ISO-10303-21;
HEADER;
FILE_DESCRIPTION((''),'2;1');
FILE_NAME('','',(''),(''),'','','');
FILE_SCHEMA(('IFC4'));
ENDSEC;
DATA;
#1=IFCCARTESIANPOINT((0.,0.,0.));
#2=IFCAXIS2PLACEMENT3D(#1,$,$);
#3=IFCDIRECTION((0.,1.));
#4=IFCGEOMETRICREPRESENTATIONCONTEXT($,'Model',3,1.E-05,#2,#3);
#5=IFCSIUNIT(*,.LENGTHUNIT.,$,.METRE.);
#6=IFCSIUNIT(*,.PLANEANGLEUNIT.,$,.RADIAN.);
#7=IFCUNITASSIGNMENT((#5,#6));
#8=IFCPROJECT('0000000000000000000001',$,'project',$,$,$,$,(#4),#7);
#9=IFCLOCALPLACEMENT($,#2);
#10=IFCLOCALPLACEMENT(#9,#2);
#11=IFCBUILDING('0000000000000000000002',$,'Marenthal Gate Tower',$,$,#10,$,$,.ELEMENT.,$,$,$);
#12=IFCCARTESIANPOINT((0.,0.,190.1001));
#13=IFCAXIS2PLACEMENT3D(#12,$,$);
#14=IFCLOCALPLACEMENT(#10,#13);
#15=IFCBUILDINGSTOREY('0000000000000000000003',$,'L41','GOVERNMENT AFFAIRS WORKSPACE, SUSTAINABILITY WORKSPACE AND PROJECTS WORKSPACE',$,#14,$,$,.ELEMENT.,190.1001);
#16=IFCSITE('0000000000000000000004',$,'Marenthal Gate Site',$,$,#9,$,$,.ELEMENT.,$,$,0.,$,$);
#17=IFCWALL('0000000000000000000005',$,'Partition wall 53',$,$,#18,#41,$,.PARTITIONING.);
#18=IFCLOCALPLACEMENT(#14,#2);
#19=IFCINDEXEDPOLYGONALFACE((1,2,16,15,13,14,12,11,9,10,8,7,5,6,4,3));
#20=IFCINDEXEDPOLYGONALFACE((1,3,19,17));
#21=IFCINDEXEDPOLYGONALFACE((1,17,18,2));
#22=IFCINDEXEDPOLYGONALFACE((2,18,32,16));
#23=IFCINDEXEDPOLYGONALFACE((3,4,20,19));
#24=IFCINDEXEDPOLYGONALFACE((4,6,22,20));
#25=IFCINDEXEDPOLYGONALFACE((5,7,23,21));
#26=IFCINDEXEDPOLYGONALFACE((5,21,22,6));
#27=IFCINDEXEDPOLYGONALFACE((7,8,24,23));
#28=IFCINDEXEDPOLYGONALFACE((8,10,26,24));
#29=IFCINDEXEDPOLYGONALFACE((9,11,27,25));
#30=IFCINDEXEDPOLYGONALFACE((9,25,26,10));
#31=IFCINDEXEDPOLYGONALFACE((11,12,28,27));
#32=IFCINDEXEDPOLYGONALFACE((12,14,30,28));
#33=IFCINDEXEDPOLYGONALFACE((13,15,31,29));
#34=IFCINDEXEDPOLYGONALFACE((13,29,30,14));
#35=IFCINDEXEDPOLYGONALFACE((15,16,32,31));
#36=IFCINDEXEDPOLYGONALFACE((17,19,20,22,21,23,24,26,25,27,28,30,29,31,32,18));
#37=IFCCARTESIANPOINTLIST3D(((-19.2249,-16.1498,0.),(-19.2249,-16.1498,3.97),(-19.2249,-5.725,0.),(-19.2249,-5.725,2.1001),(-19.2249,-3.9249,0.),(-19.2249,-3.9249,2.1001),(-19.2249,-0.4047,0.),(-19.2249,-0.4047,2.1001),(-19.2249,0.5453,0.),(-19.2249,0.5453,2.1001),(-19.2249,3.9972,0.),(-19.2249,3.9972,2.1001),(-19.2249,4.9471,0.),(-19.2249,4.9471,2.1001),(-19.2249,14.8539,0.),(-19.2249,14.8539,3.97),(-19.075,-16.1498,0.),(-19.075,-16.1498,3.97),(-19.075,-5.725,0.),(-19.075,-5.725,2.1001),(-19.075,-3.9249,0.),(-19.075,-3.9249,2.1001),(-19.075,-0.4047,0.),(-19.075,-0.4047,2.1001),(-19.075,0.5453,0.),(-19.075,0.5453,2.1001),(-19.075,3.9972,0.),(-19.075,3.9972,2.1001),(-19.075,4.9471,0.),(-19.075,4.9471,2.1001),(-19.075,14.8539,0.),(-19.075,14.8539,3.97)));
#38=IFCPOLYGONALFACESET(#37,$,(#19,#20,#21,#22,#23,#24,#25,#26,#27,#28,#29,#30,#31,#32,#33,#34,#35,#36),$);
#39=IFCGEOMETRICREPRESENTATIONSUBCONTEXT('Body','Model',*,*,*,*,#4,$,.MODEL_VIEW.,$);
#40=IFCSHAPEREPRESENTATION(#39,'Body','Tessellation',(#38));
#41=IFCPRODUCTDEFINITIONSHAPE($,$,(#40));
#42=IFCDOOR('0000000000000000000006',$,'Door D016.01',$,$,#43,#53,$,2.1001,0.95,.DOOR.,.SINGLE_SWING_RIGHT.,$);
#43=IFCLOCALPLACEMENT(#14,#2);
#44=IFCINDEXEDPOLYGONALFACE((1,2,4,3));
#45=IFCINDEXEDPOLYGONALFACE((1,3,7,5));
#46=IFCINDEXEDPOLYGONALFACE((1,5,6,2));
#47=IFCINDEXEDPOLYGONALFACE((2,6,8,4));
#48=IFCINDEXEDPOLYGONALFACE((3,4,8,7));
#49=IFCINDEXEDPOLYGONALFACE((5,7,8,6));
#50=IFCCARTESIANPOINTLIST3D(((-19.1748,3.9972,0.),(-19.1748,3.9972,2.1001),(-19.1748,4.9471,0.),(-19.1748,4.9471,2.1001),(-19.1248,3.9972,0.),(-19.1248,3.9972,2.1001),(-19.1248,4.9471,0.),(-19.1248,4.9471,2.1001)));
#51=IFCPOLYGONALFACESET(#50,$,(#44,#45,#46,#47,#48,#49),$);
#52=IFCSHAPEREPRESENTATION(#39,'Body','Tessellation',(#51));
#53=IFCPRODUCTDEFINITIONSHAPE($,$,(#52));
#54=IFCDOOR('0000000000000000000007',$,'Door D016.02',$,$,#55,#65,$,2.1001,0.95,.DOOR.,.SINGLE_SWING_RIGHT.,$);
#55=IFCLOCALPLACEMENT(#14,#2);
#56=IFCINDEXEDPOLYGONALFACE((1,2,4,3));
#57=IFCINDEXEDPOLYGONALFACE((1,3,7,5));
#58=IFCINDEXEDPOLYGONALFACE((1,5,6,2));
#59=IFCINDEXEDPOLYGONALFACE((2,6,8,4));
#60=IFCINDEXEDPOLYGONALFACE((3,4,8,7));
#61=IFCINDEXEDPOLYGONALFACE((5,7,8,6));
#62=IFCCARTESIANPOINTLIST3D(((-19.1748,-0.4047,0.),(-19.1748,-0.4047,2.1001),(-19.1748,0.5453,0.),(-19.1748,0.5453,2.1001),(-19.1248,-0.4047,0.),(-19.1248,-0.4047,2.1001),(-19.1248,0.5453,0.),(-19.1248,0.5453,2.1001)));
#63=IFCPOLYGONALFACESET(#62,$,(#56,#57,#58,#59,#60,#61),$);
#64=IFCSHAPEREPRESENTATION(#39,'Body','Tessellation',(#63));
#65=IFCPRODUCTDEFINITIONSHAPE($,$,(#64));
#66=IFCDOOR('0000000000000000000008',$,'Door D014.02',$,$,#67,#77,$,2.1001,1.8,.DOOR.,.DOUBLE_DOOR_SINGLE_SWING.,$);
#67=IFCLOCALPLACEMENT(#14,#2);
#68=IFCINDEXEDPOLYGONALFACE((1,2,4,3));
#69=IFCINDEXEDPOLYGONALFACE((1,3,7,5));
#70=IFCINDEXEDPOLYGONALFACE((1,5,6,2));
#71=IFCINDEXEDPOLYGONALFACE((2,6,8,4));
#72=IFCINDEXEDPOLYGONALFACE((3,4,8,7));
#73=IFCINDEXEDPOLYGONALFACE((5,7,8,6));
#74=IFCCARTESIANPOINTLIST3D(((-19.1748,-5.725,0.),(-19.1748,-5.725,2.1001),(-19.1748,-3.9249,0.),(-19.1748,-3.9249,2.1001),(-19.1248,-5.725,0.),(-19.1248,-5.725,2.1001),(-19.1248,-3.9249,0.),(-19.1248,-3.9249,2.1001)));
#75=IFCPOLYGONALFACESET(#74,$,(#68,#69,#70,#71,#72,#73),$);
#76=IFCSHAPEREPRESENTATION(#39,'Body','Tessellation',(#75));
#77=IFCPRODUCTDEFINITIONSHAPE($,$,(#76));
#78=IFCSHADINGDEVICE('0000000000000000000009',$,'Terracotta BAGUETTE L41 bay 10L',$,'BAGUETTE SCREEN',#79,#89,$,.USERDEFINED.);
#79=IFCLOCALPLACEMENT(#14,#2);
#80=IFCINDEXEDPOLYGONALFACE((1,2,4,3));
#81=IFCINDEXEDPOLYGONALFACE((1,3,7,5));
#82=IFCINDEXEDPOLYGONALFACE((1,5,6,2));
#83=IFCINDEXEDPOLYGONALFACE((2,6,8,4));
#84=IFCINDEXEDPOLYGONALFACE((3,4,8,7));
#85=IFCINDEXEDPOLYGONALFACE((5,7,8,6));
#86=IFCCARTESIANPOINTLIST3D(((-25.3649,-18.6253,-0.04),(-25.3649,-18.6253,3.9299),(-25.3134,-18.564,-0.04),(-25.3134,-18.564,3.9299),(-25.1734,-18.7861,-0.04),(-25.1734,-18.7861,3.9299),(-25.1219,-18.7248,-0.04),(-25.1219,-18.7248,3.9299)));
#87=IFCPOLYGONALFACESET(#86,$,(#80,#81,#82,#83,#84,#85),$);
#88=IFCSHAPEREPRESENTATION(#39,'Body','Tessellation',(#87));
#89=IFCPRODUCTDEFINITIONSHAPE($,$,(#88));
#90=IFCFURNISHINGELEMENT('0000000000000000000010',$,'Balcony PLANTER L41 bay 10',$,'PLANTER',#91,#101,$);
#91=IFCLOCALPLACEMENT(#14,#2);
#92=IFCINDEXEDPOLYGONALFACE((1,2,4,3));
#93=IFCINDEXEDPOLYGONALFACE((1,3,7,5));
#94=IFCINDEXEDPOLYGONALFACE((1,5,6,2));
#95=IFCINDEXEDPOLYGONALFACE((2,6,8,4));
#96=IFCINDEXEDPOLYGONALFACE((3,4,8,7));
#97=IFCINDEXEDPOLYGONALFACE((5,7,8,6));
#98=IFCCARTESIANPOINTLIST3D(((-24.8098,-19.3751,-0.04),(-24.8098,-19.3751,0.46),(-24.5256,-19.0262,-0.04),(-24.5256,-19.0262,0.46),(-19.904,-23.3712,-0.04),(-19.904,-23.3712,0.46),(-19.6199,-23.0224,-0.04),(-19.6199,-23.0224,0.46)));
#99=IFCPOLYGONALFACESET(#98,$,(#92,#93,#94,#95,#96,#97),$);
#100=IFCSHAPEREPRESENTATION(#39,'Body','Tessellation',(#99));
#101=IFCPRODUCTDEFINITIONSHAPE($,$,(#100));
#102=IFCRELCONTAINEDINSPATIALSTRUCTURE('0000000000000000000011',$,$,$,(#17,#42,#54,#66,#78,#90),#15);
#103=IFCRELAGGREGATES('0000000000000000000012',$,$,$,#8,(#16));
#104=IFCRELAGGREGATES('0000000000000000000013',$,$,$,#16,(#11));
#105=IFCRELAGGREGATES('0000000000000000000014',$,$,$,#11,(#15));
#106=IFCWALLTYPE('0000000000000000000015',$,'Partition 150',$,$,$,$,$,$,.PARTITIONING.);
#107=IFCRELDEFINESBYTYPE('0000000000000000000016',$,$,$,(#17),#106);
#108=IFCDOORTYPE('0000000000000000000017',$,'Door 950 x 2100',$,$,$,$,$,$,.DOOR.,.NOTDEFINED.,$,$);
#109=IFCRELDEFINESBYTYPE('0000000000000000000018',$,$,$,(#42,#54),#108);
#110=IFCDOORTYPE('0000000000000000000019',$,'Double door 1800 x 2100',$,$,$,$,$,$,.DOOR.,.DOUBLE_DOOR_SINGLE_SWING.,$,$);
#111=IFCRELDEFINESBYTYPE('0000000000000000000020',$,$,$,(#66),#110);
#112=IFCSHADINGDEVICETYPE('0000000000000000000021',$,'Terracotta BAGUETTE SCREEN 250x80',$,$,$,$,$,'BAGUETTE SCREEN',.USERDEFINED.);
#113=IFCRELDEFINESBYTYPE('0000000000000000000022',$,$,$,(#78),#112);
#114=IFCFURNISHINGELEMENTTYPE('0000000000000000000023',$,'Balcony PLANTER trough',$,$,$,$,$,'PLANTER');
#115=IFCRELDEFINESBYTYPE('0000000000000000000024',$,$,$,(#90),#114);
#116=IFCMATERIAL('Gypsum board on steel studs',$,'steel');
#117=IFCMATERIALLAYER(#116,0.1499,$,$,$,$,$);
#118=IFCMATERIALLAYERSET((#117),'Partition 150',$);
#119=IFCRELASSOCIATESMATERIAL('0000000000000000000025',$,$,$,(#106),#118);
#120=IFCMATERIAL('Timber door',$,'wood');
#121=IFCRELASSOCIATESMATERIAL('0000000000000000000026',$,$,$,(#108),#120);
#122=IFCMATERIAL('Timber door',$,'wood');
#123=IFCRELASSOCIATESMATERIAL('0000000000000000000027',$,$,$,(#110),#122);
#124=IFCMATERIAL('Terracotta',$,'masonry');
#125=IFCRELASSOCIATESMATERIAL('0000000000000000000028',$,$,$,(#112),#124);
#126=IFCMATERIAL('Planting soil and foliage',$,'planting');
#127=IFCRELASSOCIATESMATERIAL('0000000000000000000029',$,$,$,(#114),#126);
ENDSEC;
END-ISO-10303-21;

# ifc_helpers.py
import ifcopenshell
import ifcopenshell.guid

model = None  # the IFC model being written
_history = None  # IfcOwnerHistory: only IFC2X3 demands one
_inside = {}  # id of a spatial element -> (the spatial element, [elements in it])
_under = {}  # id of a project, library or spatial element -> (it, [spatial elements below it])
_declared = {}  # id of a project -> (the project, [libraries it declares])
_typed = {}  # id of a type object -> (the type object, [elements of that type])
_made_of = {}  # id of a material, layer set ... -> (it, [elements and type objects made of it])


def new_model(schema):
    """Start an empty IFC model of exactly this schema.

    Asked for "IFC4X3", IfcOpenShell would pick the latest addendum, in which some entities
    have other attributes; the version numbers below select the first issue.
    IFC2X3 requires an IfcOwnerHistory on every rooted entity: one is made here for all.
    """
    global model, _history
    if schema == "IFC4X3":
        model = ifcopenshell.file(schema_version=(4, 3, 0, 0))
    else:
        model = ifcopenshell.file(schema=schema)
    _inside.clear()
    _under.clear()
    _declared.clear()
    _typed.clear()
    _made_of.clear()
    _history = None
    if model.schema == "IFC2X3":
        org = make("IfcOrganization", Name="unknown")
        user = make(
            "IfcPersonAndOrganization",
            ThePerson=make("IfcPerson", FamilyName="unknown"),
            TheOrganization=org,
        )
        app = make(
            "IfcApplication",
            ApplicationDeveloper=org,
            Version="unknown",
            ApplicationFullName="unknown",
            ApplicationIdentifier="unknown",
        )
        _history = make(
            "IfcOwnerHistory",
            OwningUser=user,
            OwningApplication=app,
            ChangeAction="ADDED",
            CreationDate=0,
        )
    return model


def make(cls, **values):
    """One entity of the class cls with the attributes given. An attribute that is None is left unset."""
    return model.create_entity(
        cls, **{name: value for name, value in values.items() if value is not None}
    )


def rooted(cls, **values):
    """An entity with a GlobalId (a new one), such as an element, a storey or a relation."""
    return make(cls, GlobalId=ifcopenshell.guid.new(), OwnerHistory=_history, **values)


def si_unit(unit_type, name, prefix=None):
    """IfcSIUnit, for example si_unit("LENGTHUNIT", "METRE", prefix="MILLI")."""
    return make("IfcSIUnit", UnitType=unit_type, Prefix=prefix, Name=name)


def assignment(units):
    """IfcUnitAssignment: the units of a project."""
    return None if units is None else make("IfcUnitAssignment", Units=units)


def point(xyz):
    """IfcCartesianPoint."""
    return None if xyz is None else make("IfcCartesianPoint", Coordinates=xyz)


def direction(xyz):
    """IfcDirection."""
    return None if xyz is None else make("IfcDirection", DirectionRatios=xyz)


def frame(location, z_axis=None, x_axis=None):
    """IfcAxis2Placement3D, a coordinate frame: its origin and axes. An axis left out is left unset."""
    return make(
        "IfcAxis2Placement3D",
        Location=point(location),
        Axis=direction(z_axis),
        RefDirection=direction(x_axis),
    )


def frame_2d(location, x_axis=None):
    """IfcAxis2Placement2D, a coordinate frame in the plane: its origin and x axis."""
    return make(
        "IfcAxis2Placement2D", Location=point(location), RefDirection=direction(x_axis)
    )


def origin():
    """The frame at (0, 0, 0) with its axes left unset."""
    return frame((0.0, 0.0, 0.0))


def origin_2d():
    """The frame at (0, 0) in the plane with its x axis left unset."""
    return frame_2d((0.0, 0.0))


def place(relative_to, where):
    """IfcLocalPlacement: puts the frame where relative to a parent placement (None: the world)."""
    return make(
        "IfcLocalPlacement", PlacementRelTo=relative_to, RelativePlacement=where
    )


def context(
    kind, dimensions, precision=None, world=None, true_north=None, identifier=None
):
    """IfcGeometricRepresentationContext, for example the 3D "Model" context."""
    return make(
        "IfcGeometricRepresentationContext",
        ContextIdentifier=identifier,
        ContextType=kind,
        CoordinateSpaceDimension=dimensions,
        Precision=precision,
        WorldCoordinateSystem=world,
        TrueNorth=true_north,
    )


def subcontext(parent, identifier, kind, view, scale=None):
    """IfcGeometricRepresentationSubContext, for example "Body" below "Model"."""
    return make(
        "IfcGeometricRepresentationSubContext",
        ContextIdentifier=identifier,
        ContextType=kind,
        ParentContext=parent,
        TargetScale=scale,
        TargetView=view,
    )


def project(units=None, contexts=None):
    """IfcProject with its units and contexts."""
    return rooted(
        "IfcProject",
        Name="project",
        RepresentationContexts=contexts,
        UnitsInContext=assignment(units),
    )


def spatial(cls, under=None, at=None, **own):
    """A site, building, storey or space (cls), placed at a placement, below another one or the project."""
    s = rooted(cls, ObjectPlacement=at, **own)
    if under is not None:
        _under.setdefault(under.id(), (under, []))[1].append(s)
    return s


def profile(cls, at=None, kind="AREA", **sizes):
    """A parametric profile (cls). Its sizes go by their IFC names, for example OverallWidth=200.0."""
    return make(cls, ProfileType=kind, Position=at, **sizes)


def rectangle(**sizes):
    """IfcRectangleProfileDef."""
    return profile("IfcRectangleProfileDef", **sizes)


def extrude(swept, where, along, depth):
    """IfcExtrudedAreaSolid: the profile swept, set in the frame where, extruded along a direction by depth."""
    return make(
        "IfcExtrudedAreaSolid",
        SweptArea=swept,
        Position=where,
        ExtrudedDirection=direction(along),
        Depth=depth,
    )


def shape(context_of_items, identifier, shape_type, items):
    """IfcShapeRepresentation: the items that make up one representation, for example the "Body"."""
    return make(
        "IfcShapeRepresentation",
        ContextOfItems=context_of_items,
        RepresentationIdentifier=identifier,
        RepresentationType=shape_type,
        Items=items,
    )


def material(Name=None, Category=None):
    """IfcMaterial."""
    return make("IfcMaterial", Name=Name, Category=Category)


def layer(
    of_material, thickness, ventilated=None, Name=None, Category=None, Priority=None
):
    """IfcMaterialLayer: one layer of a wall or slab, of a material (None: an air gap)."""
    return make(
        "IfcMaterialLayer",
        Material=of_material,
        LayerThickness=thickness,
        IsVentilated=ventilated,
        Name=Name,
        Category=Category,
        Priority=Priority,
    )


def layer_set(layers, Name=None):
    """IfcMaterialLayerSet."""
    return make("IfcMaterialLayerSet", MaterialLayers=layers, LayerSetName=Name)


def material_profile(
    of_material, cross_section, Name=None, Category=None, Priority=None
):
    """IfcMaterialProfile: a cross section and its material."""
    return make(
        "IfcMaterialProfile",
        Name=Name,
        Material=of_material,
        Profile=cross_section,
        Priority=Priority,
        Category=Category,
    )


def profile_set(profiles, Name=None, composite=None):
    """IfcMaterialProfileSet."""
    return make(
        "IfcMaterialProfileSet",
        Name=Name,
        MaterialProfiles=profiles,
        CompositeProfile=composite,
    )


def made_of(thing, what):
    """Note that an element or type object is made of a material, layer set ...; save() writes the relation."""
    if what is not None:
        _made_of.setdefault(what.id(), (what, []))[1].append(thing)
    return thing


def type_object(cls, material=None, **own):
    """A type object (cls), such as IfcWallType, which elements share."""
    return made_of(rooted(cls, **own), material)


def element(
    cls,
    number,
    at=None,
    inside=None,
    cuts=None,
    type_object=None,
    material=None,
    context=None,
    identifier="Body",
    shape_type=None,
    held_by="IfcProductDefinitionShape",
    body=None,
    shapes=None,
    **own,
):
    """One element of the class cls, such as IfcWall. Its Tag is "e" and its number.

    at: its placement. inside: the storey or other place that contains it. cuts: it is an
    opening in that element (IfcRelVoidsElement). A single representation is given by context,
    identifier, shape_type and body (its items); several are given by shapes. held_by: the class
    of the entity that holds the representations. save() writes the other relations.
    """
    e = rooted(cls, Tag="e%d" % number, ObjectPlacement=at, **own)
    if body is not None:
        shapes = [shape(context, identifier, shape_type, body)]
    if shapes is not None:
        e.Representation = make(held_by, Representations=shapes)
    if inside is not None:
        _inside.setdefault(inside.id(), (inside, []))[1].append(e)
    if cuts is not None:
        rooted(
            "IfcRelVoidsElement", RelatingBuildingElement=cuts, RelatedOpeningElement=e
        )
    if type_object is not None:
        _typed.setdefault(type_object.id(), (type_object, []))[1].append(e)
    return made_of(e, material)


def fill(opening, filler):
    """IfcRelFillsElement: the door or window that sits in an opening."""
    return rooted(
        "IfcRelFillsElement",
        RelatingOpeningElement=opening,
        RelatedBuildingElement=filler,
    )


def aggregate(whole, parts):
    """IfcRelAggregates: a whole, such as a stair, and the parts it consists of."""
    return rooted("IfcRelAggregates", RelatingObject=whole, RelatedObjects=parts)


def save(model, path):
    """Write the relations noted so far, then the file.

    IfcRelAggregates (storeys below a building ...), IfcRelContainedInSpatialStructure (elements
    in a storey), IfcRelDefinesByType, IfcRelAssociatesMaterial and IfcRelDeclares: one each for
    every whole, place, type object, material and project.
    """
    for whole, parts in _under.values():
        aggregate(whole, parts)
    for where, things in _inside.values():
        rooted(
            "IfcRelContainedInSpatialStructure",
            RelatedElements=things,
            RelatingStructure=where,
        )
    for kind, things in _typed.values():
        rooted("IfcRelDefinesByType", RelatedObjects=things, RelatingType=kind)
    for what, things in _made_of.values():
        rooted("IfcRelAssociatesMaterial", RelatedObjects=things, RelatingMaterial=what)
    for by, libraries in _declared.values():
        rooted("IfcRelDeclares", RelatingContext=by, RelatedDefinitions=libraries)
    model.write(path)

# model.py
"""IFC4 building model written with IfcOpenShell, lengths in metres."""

from ifc_helpers import new_model, si_unit, direction, frame, frame_2d, origin, origin_2d, place, context, subcontext, project, spatial, rectangle, extrude, material, layer, layer_set, material_profile, profile_set, type_object, element, fill, save


model = new_model("IFC4")

# Units and contexts
model_context = context("Model", 3, precision=1e-05, world=origin(), true_north=direction((0.0, 1.0)))
body_context = subcontext(model_context, "Body", "Model", "MODEL_VIEW")
ifc_project = project(units=[si_unit("LENGTHUNIT", "METRE"), si_unit("PLANEANGLEUNIT", "RADIAN")], contexts=[model_context])

# Site, building, storey
site_placement = place(None, origin())
site = spatial("IfcSite", under=ifc_project, at=site_placement, Name="Marenthal Gate Site", CompositionType="ELEMENT", RefElevation=0.0)
building_placement = place(site_placement, origin())
building = spatial("IfcBuilding", under=site, at=building_placement, Name="Marenthal Gate Tower", CompositionType="ELEMENT")
storey_placement = place(building_placement, frame((0.0, 0.0, 190.1001)))
storey = spatial("IfcBuildingStorey", under=building, at=storey_placement, Name="L41", Description="GOVERNMENT AFFAIRS WORKSPACE, SUSTAINABILITY WORKSPACE AND PROJECTS WORKSPACE", CompositionType="ELEMENT", Elevation=190.1001)

# Wall, openings, doors
ifc_material_1 = material(Name="Gypsum board on steel studs", Category="steel")
ifc_layer_1 = layer(ifc_material_1, 0.1499)
ifc_layer_set_1 = layer_set([ifc_layer_1], Name="Partition 150")
wall_type_1 = type_object("IfcWallType", Name="Partition 150", PredefinedType="PARTITIONING", material=ifc_layer_set_1)
wall_1_placement = place(storey_placement, frame((-19.1499, -16.1499, 0.0), z_axis=(0.0, 0.0, 1.0), x_axis=(0.0, 1.0, 0.0)))
wall_1 = element("IfcWall", 1, at=wall_1_placement, inside=storey, type_object=wall_type_1, Name="Partition wall 53", PredefinedType="PARTITIONING", context=body_context, shape_type="SweptSolid", body=[
    extrude(rectangle(XDim=31.0037, YDim=0.1499, at=frame_2d((15.502, 0.0))), origin(), (0.0, 0.0, 1.0), 3.97),
])
opening_1_placement = place(wall_1_placement, frame((20.147, 0.0, 0.0)))
opening_1 = element("IfcOpeningElement", 2, at=opening_1_placement, cuts=wall_1, PredefinedType="OPENING", context=body_context, shape_type="SweptSolid", body=[
    extrude(rectangle(XDim=0.95, YDim=2.1001, at=frame_2d((0.4751, 1.05))), frame((0.0, 0.085, 0.0), z_axis=(0.0, -1.0, 0.0), x_axis=(1.0, 0.0, 0.0)), (0.0, 0.0, 1.0), 0.1699),
])
opening_2_placement = place(wall_1_placement, frame((15.7451, 0.0, 0.0)))
opening_2 = element("IfcOpeningElement", 3, at=opening_2_placement, cuts=wall_1, PredefinedType="OPENING", context=body_context, shape_type="SweptSolid", body=[
    extrude(rectangle(XDim=0.95, YDim=2.1001, at=frame_2d((0.4751, 1.05))), frame((0.0, 0.085, 0.0), z_axis=(0.0, -1.0, 0.0), x_axis=(1.0, 0.0, 0.0)), (0.0, 0.0, 1.0), 0.1699),
])
opening_3_placement = place(wall_1_placement, frame((10.425, 0.0, 0.0)))
opening_3 = element("IfcOpeningElement", 4, at=opening_3_placement, cuts=wall_1, PredefinedType="OPENING", context=body_context, shape_type="SweptSolid", body=[
    extrude(rectangle(XDim=1.8, YDim=2.1001, at=frame_2d((0.8999, 1.05))), frame((0.0, 0.085, 0.0), z_axis=(0.0, -1.0, 0.0), x_axis=(1.0, 0.0, 0.0)), (0.0, 0.0, 1.0), 0.1699),
])
ifc_material_2 = material(Name="Timber door", Category="wood")
door_type_1 = type_object("IfcDoorType", Name="Door 950 x 2100", OperationType="NOTDEFINED", PredefinedType="DOOR", material=ifc_material_2)
door_1_placement = place(opening_1_placement, origin())
door_1 = element("IfcDoor", 5, at=door_1_placement, inside=storey, type_object=door_type_1, Name="Door D016.01", OperationType="SINGLE_SWING_RIGHT", OverallHeight=2.1001, OverallWidth=0.95, PredefinedType="DOOR", context=body_context, shape_type="SweptSolid", body=[
    extrude(rectangle(XDim=0.95, YDim=2.1001, at=frame_2d((0.4751, 1.05))), frame((0.0, 0.0249, 0.0), z_axis=(0.0, -1.0, 0.0), x_axis=(1.0, 0.0, 0.0)), (0.0, 0.0, 1.0), 0.05),
])
fill(opening_1, door_1)
door_2_placement = place(opening_2_placement, origin())
door_2 = element("IfcDoor", 6, at=door_2_placement, inside=storey, type_object=door_type_1, Name="Door D016.02", OperationType="SINGLE_SWING_RIGHT", OverallHeight=2.1001, OverallWidth=0.95, PredefinedType="DOOR", context=body_context, shape_type="SweptSolid", body=[
    extrude(rectangle(XDim=0.95, YDim=2.1001, at=frame_2d((0.4751, 1.05))), frame((0.0, 0.0249, 0.0), z_axis=(0.0, -1.0, 0.0), x_axis=(1.0, 0.0, 0.0)), (0.0, 0.0, 1.0), 0.05),
])
fill(opening_2, door_2)
ifc_material_3 = material(Name="Timber door", Category="wood")
door_type_2 = type_object("IfcDoorType", Name="Double door 1800 x 2100", OperationType="DOUBLE_DOOR_SINGLE_SWING", PredefinedType="DOOR", material=ifc_material_3)
door_3_placement = place(opening_3_placement, origin())
door_3 = element("IfcDoor", 7, at=door_3_placement, inside=storey, type_object=door_type_2, Name="Door D014.02", OperationType="DOUBLE_DOOR_SINGLE_SWING", OverallHeight=2.1001, OverallWidth=1.8, PredefinedType="DOOR", context=body_context, shape_type="SweptSolid", body=[
    extrude(rectangle(XDim=1.8, YDim=2.1001, at=frame_2d((0.8999, 1.05))), frame((0.0, 0.0249, 0.0), z_axis=(0.0, -1.0, 0.0), x_axis=(1.0, 0.0, 0.0)), (0.0, 0.0, 1.0), 0.05),
])
fill(opening_3, door_3)

# Shading device
ifc_material_4 = material(Name="Terracotta", Category="masonry")
ifc_material_profile_1 = material_profile(ifc_material_4, rectangle(XDim=0.25, YDim=0.0801, at=origin_2d()), Name="Terracotta baguette 250x80")
ifc_profile_set_1 = profile_set([ifc_material_profile_1], Name="Terracotta")
shading_device_type = type_object("IfcShadingDeviceType", Name="Terracotta BAGUETTE SCREEN 250x80", ElementType="BAGUETTE SCREEN", PredefinedType="USERDEFINED", material=ifc_profile_set_1)
shading_device_placement = place(storey_placement, frame((-25.2434, -18.675, -0.04), z_axis=(0.0, 0.0, 1.0), x_axis=(0.76578, -0.643103, 0.0)))
element("IfcShadingDevice", 8, at=shading_device_placement, inside=storey, type_object=shading_device_type, Name="Terracotta BAGUETTE L41 bay 10L", ObjectType="BAGUETTE SCREEN", PredefinedType="USERDEFINED", context=body_context, shape_type="SweptSolid", body=[
    extrude(rectangle(XDim=0.25, YDim=0.0801, at=origin_2d()), origin(), (0.0, 0.0, 1.0), 3.97),
])

# Furnishing element
ifc_material_5 = material(Name="Planting soil and foliage", Category="planting")
furnishing_element_type = type_object("IfcFurnishingElementType", Name="Balcony PLANTER trough", ElementType="PLANTER", material=ifc_material_5)
furnishing_placement = place(storey_placement, frame((-22.2148, -21.1987, -0.04), z_axis=(0.0, 0.0, 1.0), x_axis=(0.775322, -0.631567, 0.0)))
element("IfcFurnishingElement", 9, at=furnishing_placement, inside=storey, type_object=furnishing_element_type, Name="Balcony PLANTER L41 bay 10", ObjectType="PLANTER", context=body_context, shape_type="SweptSolid", body=[
    extrude(rectangle(XDim=6.3274, YDim=0.45, at=origin_2d()), origin(), (0.0, 0.0, 1.0), 0.5),
])

save(model, "model.ifc")
